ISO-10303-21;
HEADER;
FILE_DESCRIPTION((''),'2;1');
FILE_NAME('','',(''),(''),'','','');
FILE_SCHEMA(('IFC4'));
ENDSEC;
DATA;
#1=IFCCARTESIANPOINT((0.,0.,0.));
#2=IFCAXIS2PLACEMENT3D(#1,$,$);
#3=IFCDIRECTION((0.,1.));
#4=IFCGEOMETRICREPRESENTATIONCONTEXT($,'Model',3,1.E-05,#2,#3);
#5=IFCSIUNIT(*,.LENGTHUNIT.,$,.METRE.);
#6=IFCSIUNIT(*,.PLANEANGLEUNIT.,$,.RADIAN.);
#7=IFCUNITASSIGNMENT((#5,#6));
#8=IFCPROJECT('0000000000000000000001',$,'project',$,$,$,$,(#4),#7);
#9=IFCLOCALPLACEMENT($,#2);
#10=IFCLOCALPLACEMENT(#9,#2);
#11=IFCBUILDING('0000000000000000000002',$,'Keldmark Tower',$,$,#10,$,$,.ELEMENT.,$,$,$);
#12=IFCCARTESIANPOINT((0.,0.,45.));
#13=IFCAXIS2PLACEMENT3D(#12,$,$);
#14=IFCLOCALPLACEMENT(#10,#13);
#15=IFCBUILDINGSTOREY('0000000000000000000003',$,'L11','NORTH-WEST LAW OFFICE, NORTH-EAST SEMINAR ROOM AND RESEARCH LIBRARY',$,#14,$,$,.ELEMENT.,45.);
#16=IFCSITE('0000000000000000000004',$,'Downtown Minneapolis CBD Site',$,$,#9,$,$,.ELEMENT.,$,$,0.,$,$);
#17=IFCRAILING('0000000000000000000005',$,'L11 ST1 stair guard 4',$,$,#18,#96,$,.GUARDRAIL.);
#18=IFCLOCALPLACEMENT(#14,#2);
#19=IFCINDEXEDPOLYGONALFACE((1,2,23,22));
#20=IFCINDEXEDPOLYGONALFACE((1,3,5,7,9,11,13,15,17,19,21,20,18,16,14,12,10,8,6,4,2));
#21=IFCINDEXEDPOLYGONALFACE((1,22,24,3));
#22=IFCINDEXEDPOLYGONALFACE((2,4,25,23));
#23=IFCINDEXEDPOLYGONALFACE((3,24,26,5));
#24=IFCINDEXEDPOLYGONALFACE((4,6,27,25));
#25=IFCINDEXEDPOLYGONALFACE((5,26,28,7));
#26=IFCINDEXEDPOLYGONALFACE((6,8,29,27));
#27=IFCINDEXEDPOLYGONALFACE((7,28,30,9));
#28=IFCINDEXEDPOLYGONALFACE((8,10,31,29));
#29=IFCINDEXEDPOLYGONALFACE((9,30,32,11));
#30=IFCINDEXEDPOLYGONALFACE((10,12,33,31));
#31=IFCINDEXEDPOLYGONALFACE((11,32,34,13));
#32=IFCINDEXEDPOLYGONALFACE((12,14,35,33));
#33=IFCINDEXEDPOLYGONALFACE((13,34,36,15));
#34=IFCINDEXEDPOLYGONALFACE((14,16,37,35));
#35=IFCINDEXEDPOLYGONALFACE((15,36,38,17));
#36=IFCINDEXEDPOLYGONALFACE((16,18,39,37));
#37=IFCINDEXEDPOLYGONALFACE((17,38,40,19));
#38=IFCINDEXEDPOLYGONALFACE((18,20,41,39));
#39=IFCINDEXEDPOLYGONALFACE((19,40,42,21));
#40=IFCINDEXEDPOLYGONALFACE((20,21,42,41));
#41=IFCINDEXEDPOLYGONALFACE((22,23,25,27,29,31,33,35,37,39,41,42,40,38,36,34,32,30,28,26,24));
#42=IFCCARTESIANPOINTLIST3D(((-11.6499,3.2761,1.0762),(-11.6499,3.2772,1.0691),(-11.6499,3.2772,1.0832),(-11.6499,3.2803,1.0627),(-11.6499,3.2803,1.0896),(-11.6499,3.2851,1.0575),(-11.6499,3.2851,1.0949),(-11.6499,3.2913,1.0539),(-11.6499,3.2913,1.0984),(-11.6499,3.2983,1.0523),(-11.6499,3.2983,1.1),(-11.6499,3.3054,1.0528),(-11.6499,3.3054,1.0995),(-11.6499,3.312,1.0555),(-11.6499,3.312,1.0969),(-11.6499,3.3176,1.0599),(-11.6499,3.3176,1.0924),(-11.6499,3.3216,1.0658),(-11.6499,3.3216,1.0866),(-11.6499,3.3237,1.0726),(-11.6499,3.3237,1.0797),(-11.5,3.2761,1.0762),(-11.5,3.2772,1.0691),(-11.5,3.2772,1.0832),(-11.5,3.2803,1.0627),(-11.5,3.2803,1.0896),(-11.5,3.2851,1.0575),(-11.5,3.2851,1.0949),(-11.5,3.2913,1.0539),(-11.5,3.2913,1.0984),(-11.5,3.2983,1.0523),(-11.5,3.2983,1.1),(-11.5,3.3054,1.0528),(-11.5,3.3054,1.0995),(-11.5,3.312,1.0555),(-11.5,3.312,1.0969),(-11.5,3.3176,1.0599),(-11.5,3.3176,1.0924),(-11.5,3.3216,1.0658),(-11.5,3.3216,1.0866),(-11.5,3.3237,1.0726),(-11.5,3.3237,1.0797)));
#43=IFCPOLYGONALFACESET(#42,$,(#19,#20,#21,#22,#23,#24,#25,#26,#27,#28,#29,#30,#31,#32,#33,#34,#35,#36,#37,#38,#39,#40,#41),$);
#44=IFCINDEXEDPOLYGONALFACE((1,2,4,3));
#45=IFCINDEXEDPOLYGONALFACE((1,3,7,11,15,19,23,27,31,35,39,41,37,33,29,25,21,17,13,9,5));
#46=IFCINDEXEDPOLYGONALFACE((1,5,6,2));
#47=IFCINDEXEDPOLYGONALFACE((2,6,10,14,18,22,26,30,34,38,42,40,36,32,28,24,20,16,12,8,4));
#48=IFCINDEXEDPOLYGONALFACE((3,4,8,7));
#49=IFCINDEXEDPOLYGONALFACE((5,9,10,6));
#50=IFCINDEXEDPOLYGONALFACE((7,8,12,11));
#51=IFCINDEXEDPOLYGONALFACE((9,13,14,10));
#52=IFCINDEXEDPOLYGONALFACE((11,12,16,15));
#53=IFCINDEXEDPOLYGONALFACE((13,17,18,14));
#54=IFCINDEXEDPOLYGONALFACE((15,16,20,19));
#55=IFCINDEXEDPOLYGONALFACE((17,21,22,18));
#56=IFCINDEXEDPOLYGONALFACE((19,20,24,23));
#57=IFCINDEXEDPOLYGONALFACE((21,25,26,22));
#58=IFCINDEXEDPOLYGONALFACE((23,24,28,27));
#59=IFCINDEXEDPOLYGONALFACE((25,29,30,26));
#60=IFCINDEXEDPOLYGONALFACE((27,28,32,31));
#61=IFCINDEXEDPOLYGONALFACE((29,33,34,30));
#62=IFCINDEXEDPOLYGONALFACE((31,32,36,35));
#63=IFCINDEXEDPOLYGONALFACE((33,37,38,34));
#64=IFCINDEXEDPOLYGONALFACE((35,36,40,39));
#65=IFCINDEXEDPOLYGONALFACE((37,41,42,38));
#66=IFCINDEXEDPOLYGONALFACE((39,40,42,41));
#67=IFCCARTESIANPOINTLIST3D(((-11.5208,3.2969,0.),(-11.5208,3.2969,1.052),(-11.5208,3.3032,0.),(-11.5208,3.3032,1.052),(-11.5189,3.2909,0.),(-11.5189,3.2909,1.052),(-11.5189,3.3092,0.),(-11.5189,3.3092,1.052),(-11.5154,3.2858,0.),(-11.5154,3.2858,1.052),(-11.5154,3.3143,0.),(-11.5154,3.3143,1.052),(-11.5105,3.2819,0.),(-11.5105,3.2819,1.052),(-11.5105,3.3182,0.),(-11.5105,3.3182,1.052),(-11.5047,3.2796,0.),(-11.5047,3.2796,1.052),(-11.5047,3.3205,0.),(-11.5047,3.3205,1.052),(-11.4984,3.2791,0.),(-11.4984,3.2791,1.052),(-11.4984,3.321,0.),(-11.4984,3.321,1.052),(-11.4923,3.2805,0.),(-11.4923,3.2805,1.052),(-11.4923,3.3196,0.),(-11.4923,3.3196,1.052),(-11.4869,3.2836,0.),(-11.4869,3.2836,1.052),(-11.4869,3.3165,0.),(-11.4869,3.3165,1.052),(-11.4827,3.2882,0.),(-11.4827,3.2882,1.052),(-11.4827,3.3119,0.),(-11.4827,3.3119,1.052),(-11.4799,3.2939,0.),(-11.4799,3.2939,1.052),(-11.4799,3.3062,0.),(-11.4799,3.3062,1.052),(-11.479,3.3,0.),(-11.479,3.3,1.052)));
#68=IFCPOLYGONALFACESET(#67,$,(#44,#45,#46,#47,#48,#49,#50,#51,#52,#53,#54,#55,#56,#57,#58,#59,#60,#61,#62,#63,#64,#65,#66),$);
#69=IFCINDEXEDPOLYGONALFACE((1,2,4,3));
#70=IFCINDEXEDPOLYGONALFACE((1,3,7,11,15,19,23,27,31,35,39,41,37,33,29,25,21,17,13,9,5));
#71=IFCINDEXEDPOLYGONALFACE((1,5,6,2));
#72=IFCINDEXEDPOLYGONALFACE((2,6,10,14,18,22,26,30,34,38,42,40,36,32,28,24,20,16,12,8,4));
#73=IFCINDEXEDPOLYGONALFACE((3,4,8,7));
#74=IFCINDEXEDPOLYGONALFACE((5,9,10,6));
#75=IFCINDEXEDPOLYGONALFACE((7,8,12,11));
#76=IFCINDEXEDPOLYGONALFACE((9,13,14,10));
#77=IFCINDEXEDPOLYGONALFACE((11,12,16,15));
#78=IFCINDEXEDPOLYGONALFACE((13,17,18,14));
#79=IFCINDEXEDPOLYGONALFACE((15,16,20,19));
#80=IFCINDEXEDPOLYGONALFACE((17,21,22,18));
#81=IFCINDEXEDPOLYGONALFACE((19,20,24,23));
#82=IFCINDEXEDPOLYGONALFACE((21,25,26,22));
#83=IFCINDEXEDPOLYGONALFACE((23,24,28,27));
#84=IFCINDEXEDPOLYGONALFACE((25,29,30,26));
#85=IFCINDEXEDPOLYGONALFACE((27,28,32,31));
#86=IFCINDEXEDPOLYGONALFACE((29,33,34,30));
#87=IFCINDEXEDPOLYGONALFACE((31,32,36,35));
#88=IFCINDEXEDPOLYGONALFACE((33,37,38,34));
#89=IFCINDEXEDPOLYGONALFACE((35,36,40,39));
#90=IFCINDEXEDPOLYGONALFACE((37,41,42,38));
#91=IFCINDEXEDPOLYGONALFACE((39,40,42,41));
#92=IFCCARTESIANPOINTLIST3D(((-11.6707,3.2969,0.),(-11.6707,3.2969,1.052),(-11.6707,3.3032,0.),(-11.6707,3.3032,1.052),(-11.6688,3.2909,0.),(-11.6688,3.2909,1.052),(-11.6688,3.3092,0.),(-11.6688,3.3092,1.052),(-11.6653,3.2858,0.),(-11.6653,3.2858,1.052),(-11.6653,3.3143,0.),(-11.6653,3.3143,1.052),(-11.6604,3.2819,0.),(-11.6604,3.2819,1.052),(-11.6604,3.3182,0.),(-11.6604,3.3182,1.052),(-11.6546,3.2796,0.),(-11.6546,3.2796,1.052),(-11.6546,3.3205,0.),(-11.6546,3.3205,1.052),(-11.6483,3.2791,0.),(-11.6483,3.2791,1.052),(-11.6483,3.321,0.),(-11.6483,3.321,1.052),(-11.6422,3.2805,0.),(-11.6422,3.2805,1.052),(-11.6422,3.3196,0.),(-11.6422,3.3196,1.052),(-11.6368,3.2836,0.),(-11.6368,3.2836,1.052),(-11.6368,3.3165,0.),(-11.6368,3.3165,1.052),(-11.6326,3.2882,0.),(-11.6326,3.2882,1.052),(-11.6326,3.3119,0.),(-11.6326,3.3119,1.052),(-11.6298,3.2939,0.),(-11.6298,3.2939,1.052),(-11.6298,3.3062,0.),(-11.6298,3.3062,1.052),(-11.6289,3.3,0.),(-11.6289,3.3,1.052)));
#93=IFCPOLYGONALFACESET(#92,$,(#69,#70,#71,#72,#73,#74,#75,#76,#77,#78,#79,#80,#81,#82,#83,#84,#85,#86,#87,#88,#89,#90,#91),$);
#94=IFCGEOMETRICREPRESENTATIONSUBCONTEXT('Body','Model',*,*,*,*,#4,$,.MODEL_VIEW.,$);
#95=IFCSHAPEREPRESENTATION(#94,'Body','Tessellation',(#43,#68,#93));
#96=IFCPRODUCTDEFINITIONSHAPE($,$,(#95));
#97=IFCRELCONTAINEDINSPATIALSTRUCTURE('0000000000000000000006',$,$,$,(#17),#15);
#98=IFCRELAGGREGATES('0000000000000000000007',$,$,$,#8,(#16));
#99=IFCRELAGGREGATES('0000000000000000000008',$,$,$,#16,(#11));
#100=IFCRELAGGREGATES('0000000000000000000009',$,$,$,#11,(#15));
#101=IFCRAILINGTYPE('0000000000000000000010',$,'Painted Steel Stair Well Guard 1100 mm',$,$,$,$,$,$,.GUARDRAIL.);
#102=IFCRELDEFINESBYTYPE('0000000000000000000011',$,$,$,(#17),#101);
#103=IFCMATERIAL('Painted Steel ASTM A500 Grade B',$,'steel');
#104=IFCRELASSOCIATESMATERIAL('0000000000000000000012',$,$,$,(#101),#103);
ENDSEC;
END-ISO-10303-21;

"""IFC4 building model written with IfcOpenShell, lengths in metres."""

from ifc_helpers import new_model, si_unit, direction, frame, origin, origin_2d, place, context, subcontext, project, spatial, circle, extrude, material, type_object, element, save


model = new_model("IFC4")

# Units and contexts
model_context = context("Model", 3, precision=1e-05, world=origin(), true_north=direction((0.0, 1.0)))
body_context = subcontext(model_context, "Body", "Model", "MODEL_VIEW")
ifc_project = project(units=[si_unit("LENGTHUNIT", "METRE"), si_unit("PLANEANGLEUNIT", "RADIAN")], contexts=[model_context])

# Site, building, storey
site_placement = place(None, origin())
site = spatial("IfcSite", under=ifc_project, at=site_placement, Name="Downtown Minneapolis CBD Site", CompositionType="ELEMENT", RefElevation=0.0)
building_placement = place(site_placement, origin())
building = spatial("IfcBuilding", under=site, at=building_placement, Name="Keldmark Tower", CompositionType="ELEMENT")
storey_placement = place(building_placement, frame((0.0, 0.0, 45.0)))
storey = spatial("IfcBuildingStorey", under=building, at=storey_placement, Name="L11", Description="NORTH-WEST LAW OFFICE, NORTH-EAST SEMINAR ROOM AND RESEARCH LIBRARY", CompositionType="ELEMENT", Elevation=45.0)

# Railing
ifc_material_1 = material(Name="Painted Steel ASTM A500 Grade B", Category="steel")
railing_type_1 = type_object("IfcRailingType", Name="Painted Steel Stair Well Guard 1100 mm", PredefinedType="GUARDRAIL", material=ifc_material_1)
railing_1_placement = place(storey_placement, frame((-11.5, 3.3, 0.0)))
element("IfcRailing", 1, at=railing_1_placement, inside=storey, type_object=railing_type_1, Name="L11 ST1 stair guard 4", PredefinedType="GUARDRAIL", context=body_context, shape_type="SweptSolid", body=[
    extrude(circle(Radius=0.0239, at=origin_2d()), frame((0.0, 0.0, 1.0762), z_axis=(-1.0, 0.0, 0.0), x_axis=(0.0, -1.0, 0.0)), (0.0, 0.0, 1.0), 0.1499),
    extrude(circle(Radius=0.021, at=origin_2d()), origin(), (0.0, 0.0, 1.0), 1.052),
    extrude(circle(Radius=0.021, at=origin_2d()), frame((-0.1499, 0.0, 0.0)), (0.0, 0.0, 1.0), 1.052),
])

save(model, "model.ifc")
